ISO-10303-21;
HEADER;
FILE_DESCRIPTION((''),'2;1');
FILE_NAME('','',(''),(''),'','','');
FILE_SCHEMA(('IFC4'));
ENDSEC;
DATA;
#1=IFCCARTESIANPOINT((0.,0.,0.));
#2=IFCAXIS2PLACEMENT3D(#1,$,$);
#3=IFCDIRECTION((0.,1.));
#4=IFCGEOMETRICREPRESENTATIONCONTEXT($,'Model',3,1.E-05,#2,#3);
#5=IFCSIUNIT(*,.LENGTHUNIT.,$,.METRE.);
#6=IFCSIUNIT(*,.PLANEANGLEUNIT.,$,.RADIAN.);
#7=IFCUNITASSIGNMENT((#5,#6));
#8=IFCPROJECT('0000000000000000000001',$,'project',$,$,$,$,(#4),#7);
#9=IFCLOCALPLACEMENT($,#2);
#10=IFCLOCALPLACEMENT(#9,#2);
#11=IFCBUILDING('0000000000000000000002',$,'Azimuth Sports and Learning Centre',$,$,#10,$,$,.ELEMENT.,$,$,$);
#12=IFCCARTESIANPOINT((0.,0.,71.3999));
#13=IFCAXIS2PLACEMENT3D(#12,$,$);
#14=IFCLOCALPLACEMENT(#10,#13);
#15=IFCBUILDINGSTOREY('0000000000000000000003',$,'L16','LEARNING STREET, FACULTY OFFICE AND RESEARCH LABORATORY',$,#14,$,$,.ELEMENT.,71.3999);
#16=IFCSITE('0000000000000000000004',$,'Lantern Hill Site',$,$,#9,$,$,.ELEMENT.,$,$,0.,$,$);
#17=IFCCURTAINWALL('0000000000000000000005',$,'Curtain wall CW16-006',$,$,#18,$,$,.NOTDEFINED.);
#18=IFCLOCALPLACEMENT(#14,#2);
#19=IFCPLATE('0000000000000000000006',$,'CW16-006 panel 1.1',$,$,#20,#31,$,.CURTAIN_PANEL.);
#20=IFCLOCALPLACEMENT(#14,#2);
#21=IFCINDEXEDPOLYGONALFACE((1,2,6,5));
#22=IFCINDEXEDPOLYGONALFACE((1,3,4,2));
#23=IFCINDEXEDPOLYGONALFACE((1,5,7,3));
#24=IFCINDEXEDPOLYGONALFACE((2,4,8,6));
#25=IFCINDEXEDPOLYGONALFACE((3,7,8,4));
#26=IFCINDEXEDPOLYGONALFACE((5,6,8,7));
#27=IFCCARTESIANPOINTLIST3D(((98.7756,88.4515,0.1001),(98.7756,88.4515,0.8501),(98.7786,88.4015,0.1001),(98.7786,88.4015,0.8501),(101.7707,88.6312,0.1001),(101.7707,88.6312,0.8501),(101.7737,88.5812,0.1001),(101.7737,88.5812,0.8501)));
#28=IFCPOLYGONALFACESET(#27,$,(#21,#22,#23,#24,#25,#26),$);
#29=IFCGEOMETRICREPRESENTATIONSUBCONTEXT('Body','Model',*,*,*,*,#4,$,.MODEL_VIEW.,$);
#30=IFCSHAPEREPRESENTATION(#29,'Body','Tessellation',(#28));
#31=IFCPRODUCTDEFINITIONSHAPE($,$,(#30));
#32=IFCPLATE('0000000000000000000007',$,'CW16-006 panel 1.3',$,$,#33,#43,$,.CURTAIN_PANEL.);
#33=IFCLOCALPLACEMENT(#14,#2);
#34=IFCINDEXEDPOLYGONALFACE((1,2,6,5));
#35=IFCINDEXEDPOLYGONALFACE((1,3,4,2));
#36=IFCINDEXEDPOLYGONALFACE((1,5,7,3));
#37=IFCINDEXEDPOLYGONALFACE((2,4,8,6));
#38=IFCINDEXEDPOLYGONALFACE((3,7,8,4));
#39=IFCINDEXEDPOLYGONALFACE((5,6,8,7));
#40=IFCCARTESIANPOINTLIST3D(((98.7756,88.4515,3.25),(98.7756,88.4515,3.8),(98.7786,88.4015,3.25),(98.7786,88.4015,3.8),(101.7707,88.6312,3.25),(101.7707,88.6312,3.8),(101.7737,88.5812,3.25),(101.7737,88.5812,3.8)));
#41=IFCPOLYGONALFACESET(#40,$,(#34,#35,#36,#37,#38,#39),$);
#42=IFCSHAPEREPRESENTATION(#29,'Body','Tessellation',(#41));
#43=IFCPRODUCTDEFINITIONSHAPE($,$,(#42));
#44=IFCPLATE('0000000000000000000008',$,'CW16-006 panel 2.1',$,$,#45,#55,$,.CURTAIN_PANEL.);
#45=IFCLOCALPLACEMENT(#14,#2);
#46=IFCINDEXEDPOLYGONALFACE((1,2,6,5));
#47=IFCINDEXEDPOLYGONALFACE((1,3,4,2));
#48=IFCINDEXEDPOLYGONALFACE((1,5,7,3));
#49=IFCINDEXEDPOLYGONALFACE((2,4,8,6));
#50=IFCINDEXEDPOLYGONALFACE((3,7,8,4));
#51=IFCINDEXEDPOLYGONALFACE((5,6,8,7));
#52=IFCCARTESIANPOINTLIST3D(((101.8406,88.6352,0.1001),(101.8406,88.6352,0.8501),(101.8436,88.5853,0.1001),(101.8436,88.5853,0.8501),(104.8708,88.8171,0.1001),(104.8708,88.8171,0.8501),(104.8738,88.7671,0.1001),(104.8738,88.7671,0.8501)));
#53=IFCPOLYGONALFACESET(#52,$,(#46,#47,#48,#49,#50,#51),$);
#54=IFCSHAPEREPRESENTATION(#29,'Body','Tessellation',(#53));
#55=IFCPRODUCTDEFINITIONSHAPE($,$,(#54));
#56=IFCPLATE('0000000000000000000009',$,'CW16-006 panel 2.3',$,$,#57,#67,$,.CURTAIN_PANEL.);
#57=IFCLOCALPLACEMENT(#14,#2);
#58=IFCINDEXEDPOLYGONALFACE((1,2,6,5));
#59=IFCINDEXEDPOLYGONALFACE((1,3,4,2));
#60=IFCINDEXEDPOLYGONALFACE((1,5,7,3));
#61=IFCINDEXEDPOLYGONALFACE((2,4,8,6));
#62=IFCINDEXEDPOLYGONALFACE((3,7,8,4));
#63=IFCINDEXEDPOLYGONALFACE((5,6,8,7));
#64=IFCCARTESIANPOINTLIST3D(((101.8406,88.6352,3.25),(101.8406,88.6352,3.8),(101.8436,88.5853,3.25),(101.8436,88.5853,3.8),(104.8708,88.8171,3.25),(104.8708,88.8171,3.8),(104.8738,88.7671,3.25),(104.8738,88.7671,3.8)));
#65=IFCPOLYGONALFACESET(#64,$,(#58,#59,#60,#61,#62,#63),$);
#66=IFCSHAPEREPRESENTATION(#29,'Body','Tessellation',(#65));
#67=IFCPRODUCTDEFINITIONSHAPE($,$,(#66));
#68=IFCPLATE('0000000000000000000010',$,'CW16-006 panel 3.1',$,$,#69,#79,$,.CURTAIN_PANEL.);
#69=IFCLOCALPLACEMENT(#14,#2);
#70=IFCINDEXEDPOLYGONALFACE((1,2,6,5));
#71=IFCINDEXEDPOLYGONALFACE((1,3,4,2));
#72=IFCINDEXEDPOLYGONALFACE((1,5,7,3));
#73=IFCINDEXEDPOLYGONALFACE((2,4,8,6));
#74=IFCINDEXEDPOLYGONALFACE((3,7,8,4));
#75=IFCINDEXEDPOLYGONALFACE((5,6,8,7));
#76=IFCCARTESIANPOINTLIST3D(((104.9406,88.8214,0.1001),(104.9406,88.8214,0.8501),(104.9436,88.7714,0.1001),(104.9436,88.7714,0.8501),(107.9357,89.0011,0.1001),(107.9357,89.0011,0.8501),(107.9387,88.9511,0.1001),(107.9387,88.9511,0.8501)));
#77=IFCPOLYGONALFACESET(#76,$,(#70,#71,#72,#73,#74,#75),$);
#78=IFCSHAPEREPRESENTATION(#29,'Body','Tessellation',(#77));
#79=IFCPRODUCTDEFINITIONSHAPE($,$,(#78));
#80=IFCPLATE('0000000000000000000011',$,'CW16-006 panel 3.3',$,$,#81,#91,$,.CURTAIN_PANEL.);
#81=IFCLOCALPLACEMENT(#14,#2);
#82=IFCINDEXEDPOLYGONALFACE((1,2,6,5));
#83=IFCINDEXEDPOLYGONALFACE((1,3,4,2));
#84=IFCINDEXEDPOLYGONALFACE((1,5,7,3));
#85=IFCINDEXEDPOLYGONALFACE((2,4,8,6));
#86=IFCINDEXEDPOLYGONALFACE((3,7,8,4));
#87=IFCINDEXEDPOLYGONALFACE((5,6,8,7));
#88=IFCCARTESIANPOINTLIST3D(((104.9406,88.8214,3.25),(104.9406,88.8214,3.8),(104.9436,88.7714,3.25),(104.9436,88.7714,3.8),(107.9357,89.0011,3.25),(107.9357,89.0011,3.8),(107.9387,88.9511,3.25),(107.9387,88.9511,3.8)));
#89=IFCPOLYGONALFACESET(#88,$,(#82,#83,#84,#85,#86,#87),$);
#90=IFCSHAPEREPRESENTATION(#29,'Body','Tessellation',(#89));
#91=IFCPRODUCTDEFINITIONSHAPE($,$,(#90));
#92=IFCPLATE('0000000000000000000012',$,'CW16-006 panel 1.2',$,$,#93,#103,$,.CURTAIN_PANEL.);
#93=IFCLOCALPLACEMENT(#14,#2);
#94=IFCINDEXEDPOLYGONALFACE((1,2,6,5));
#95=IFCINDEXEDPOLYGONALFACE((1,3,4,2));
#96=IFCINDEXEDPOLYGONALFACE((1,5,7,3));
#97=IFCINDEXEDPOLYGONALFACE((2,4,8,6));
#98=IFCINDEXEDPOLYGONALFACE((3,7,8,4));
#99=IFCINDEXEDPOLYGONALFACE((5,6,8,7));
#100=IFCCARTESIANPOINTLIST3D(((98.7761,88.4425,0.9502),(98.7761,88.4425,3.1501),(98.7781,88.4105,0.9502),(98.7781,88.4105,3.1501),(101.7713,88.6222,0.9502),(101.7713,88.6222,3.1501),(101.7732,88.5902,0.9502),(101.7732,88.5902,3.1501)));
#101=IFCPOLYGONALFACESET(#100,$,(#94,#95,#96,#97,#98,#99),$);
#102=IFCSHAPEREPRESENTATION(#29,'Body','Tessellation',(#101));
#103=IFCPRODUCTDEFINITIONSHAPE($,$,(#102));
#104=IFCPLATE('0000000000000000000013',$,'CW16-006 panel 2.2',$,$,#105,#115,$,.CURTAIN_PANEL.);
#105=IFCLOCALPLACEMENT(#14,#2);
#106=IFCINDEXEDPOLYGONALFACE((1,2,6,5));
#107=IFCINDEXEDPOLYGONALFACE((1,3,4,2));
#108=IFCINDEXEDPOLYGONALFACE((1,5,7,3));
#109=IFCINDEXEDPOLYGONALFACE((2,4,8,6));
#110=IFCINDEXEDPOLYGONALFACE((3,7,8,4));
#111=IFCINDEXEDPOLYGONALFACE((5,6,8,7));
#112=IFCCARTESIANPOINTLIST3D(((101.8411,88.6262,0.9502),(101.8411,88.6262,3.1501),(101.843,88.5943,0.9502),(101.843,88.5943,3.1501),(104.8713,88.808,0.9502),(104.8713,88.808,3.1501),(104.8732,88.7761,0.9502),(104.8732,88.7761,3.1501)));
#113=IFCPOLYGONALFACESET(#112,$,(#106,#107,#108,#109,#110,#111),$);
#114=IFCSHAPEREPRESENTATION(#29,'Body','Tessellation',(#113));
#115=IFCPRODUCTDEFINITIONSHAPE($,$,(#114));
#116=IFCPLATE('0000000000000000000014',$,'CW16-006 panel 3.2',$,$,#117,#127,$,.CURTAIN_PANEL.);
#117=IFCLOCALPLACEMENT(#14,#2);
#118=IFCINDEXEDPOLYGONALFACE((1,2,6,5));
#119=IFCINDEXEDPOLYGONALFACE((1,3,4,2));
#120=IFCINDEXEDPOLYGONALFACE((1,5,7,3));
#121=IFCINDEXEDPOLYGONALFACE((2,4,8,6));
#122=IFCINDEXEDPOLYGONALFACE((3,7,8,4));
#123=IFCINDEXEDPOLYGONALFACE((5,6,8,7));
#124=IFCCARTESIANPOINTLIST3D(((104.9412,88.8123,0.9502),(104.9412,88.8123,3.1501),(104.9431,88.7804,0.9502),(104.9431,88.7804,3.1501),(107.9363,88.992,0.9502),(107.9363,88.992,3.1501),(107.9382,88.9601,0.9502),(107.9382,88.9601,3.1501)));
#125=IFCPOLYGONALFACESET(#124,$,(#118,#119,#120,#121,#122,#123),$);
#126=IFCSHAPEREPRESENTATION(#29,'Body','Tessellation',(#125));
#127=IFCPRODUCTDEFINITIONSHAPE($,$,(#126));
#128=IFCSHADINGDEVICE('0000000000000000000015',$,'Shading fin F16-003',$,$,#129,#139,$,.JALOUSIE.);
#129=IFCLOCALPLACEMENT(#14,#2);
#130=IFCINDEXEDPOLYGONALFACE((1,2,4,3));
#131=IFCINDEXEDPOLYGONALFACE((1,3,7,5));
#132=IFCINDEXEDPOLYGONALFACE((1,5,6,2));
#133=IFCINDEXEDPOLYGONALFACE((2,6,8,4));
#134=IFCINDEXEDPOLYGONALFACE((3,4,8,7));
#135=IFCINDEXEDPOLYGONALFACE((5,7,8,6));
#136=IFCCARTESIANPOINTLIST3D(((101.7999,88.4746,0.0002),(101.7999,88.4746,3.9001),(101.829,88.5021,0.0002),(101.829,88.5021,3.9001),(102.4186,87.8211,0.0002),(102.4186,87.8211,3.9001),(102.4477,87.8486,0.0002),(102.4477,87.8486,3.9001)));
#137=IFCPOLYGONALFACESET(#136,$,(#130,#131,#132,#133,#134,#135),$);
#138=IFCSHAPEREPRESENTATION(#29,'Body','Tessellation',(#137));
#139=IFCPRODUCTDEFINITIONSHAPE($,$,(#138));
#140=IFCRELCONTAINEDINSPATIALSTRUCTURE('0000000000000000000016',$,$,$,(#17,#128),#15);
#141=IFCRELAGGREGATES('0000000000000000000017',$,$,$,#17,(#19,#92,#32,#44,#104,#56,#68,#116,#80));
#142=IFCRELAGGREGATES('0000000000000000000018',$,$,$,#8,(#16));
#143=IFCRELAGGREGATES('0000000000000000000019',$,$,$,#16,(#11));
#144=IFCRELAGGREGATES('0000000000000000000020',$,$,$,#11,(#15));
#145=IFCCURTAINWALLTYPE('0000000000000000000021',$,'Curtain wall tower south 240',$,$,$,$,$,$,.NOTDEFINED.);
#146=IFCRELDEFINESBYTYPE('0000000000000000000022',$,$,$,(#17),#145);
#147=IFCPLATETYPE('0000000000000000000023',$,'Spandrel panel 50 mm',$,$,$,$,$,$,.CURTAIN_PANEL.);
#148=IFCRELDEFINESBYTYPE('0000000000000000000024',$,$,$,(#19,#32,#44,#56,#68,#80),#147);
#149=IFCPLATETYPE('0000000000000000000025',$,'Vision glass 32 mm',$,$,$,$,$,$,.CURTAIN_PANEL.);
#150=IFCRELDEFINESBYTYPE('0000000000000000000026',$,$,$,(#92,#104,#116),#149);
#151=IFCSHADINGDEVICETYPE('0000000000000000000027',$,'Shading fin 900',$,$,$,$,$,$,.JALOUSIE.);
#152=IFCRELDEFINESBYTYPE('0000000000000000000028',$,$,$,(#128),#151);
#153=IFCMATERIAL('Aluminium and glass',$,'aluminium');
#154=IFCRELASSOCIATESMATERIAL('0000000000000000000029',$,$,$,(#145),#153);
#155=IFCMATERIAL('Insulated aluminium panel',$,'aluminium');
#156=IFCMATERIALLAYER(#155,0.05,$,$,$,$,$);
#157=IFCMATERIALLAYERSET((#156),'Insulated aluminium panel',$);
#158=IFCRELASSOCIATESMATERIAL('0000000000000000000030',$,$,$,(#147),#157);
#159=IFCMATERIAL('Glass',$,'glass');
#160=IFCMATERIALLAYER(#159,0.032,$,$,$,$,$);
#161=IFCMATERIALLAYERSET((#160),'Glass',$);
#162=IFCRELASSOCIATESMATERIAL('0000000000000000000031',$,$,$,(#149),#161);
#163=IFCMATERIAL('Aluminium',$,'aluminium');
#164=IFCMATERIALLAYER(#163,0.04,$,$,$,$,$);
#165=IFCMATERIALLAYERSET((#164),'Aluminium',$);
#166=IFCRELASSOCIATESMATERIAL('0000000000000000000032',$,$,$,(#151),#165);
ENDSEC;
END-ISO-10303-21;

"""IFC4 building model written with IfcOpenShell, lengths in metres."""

from ifc_helpers import new_model, si_unit, direction, frame, origin, origin_2d, place, context, subcontext, project, spatial, rectangle, extrude, material, layer, layer_set, type_object, element, aggregate, save


model = new_model("IFC4")

# Units and contexts
model_context = context("Model", 3, precision=1e-05, world=origin(), true_north=direction((0.0, 1.0)))
body_context = subcontext(model_context, "Body", "Model", "MODEL_VIEW")
ifc_project = project(units=[si_unit("LENGTHUNIT", "METRE"), si_unit("PLANEANGLEUNIT", "RADIAN")], contexts=[model_context])

# Site, building, storey
site_placement = place(None, origin())
site = spatial("IfcSite", under=ifc_project, at=site_placement, Name="Lantern Hill Site", CompositionType="ELEMENT", RefElevation=0.0)
building_placement = place(site_placement, origin())
building = spatial("IfcBuilding", under=site, at=building_placement, Name="Azimuth Sports and Learning Centre", CompositionType="ELEMENT")
storey_placement = place(building_placement, frame((0.0, 0.0, 71.3999)))
storey = spatial("IfcBuildingStorey", under=building, at=storey_placement, Name="L16", Description="LEARNING STREET, FACULTY OFFICE AND RESEARCH LABORATORY", CompositionType="ELEMENT", Elevation=71.3999)

# Curtain wall, plates
ifc_material_1 = material(Name="Aluminium and glass", Category="aluminium")
curtain_wall_type = type_object("IfcCurtainWallType", Name="Curtain wall tower south 240", PredefinedType="NOTDEFINED", material=ifc_material_1)
curtain_wall_placement = place(storey_placement, origin())
curtain_wall = element("IfcCurtainWall", 1, at=curtain_wall_placement, inside=storey, type_object=curtain_wall_type, Name="Curtain wall CW16-006", PredefinedType="NOTDEFINED")
ifc_material_2 = material(Name="Insulated aluminium panel", Category="aluminium")
ifc_layer_1 = layer(ifc_material_2, 0.05)
ifc_layer_set_1 = layer_set([ifc_layer_1], Name="Insulated aluminium panel")
plate_type_1 = type_object("IfcPlateType", Name="Spandrel panel 50 mm", PredefinedType="CURTAIN_PANEL", material=ifc_layer_set_1)
plate_1_placement = place(storey_placement, frame((100.2747, 88.5164, 0.1001), z_axis=(0.0, 0.0, 1.0), x_axis=(0.998205, 0.059892, 0.0)))
plate_1 = element("IfcPlate", 2, at=plate_1_placement, type_object=plate_type_1, Name="CW16-006 panel 1.1", PredefinedType="CURTAIN_PANEL", context=body_context, shape_type="SweptSolid", body=[
    extrude(rectangle(XDim=3.0005, YDim=0.05, at=origin_2d()), origin(), (0.0, 0.0, 1.0), 0.75),
])
plate_2_placement = place(storey_placement, frame((100.2747, 88.5164, 3.25), z_axis=(0.0, 0.0, 1.0), x_axis=(0.998205, 0.059892, 0.0)))
plate_2 = element("IfcPlate", 3, at=plate_2_placement, type_object=plate_type_1, Name="CW16-006 panel 1.3", PredefinedType="CURTAIN_PANEL", context=body_context, shape_type="SweptSolid", body=[
    extrude(rectangle(XDim=3.0005, YDim=0.05, at=origin_2d()), origin(), (0.0, 0.0, 1.0), 0.55),
])
plate_3_placement = place(storey_placement, frame((103.3572, 88.7012, 0.1001), z_axis=(0.0, 0.0, 1.0), x_axis=(0.998205, 0.059892, 0.0)))
plate_3 = element("IfcPlate", 4, at=plate_3_placement, type_object=plate_type_1, Name="CW16-006 panel 2.1", PredefinedType="CURTAIN_PANEL", context=body_context, shape_type="SweptSolid", body=[
    extrude(rectangle(XDim=3.0356, YDim=0.05, at=origin_2d()), origin(), (0.0, 0.0, 1.0), 0.75),
])
plate_4_placement = place(storey_placement, frame((103.3572, 88.7012, 3.25), z_axis=(0.0, 0.0, 1.0), x_axis=(0.998205, 0.059892, 0.0)))
plate_4 = element("IfcPlate", 5, at=plate_4_placement, type_object=plate_type_1, Name="CW16-006 panel 2.3", PredefinedType="CURTAIN_PANEL", context=body_context, shape_type="SweptSolid", body=[
    extrude(rectangle(XDim=3.0356, YDim=0.05, at=origin_2d()), origin(), (0.0, 0.0, 1.0), 0.55),
])
plate_5_placement = place(storey_placement, frame((106.4397, 88.8862, 0.1001), z_axis=(0.0, 0.0, 1.0), x_axis=(0.998205, 0.059892, 0.0)))
plate_5 = element("IfcPlate", 6, at=plate_5_placement, type_object=plate_type_1, Name="CW16-006 panel 3.1", PredefinedType="CURTAIN_PANEL", context=body_context, shape_type="SweptSolid", body=[
    extrude(rectangle(XDim=3.0005, YDim=0.05, at=origin_2d()), origin(), (0.0, 0.0, 1.0), 0.75),
])
plate_6_placement = place(storey_placement, frame((106.4397, 88.8862, 3.25), z_axis=(0.0, 0.0, 1.0), x_axis=(0.998205, 0.059892, 0.0)))
plate_6 = element("IfcPlate", 7, at=plate_6_placement, type_object=plate_type_1, Name="CW16-006 panel 3.3", PredefinedType="CURTAIN_PANEL", context=body_context, shape_type="SweptSolid", body=[
    extrude(rectangle(XDim=3.0005, YDim=0.05, at=origin_2d()), origin(), (0.0, 0.0, 1.0), 0.55),
])
ifc_material_3 = material(Name="Glass", Category="glass")
ifc_layer_2 = layer(ifc_material_3, 0.032)
ifc_layer_set_2 = layer_set([ifc_layer_2], Name="Glass")
plate_type_2 = type_object("IfcPlateType", Name="Vision glass 32 mm", PredefinedType="CURTAIN_PANEL", material=ifc_layer_set_2)
plate_7_placement = place(storey_placement, frame((100.2747, 88.5164, 0.9502), z_axis=(0.0, 0.0, 1.0), x_axis=(0.998205, 0.059892, 0.0)))
plate_7 = element("IfcPlate", 8, at=plate_7_placement, type_object=plate_type_2, Name="CW16-006 panel 1.2", PredefinedType="CURTAIN_PANEL", context=body_context, shape_type="SweptSolid", body=[
    extrude(rectangle(XDim=3.0005, YDim=0.032, at=origin_2d()), origin(), (0.0, 0.0, 1.0), 2.2),
])
plate_8_placement = place(storey_placement, frame((103.3572, 88.7012, 0.9502), z_axis=(0.0, 0.0, 1.0), x_axis=(0.998205, 0.059892, 0.0)))
plate_8 = element("IfcPlate", 9, at=plate_8_placement, type_object=plate_type_2, Name="CW16-006 panel 2.2", PredefinedType="CURTAIN_PANEL", context=body_context, shape_type="SweptSolid", body=[
    extrude(rectangle(XDim=3.0356, YDim=0.032, at=origin_2d()), origin(), (0.0, 0.0, 1.0), 2.2),
])
plate_9_placement = place(storey_placement, frame((106.4397, 88.8862, 0.9502), z_axis=(0.0, 0.0, 1.0), x_axis=(0.998205, 0.059892, 0.0)))
plate_9 = element("IfcPlate", 10, at=plate_9_placement, type_object=plate_type_2, Name="CW16-006 panel 3.2", PredefinedType="CURTAIN_PANEL", context=body_context, shape_type="SweptSolid", body=[
    extrude(rectangle(XDim=3.0005, YDim=0.032, at=origin_2d()), origin(), (0.0, 0.0, 1.0), 2.2),
])
aggregate(curtain_wall, [plate_1, plate_7, plate_2, plate_3, plate_8, plate_4, plate_5, plate_9, plate_6])

# Shading device
ifc_material_4 = material(Name="Aluminium", Category="aluminium")
ifc_layer_3 = layer(ifc_material_4, 0.04)
ifc_layer_set_3 = layer_set([ifc_layer_3], Name="Aluminium")
shading_device_type = type_object("IfcShadingDeviceType", Name="Shading fin 900", PredefinedType="JALOUSIE", material=ifc_layer_set_3)
shading_device_placement = place(storey_placement, frame((102.1238, 88.1616, 0.0002), z_axis=(0.0, 0.0, 1.0), x_axis=(0.687514, -0.726171, 0.0)))
element("IfcShadingDevice", 11, at=shading_device_placement, inside=storey, type_object=shading_device_type, Name="Shading fin F16-003", PredefinedType="JALOUSIE", context=body_context, shape_type="SweptSolid", body=[
    extrude(rectangle(XDim=0.8999, YDim=0.04, at=origin_2d()), origin(), (0.0, 0.0, 1.0), 3.8999),
])

save(model, "model.ifc")
